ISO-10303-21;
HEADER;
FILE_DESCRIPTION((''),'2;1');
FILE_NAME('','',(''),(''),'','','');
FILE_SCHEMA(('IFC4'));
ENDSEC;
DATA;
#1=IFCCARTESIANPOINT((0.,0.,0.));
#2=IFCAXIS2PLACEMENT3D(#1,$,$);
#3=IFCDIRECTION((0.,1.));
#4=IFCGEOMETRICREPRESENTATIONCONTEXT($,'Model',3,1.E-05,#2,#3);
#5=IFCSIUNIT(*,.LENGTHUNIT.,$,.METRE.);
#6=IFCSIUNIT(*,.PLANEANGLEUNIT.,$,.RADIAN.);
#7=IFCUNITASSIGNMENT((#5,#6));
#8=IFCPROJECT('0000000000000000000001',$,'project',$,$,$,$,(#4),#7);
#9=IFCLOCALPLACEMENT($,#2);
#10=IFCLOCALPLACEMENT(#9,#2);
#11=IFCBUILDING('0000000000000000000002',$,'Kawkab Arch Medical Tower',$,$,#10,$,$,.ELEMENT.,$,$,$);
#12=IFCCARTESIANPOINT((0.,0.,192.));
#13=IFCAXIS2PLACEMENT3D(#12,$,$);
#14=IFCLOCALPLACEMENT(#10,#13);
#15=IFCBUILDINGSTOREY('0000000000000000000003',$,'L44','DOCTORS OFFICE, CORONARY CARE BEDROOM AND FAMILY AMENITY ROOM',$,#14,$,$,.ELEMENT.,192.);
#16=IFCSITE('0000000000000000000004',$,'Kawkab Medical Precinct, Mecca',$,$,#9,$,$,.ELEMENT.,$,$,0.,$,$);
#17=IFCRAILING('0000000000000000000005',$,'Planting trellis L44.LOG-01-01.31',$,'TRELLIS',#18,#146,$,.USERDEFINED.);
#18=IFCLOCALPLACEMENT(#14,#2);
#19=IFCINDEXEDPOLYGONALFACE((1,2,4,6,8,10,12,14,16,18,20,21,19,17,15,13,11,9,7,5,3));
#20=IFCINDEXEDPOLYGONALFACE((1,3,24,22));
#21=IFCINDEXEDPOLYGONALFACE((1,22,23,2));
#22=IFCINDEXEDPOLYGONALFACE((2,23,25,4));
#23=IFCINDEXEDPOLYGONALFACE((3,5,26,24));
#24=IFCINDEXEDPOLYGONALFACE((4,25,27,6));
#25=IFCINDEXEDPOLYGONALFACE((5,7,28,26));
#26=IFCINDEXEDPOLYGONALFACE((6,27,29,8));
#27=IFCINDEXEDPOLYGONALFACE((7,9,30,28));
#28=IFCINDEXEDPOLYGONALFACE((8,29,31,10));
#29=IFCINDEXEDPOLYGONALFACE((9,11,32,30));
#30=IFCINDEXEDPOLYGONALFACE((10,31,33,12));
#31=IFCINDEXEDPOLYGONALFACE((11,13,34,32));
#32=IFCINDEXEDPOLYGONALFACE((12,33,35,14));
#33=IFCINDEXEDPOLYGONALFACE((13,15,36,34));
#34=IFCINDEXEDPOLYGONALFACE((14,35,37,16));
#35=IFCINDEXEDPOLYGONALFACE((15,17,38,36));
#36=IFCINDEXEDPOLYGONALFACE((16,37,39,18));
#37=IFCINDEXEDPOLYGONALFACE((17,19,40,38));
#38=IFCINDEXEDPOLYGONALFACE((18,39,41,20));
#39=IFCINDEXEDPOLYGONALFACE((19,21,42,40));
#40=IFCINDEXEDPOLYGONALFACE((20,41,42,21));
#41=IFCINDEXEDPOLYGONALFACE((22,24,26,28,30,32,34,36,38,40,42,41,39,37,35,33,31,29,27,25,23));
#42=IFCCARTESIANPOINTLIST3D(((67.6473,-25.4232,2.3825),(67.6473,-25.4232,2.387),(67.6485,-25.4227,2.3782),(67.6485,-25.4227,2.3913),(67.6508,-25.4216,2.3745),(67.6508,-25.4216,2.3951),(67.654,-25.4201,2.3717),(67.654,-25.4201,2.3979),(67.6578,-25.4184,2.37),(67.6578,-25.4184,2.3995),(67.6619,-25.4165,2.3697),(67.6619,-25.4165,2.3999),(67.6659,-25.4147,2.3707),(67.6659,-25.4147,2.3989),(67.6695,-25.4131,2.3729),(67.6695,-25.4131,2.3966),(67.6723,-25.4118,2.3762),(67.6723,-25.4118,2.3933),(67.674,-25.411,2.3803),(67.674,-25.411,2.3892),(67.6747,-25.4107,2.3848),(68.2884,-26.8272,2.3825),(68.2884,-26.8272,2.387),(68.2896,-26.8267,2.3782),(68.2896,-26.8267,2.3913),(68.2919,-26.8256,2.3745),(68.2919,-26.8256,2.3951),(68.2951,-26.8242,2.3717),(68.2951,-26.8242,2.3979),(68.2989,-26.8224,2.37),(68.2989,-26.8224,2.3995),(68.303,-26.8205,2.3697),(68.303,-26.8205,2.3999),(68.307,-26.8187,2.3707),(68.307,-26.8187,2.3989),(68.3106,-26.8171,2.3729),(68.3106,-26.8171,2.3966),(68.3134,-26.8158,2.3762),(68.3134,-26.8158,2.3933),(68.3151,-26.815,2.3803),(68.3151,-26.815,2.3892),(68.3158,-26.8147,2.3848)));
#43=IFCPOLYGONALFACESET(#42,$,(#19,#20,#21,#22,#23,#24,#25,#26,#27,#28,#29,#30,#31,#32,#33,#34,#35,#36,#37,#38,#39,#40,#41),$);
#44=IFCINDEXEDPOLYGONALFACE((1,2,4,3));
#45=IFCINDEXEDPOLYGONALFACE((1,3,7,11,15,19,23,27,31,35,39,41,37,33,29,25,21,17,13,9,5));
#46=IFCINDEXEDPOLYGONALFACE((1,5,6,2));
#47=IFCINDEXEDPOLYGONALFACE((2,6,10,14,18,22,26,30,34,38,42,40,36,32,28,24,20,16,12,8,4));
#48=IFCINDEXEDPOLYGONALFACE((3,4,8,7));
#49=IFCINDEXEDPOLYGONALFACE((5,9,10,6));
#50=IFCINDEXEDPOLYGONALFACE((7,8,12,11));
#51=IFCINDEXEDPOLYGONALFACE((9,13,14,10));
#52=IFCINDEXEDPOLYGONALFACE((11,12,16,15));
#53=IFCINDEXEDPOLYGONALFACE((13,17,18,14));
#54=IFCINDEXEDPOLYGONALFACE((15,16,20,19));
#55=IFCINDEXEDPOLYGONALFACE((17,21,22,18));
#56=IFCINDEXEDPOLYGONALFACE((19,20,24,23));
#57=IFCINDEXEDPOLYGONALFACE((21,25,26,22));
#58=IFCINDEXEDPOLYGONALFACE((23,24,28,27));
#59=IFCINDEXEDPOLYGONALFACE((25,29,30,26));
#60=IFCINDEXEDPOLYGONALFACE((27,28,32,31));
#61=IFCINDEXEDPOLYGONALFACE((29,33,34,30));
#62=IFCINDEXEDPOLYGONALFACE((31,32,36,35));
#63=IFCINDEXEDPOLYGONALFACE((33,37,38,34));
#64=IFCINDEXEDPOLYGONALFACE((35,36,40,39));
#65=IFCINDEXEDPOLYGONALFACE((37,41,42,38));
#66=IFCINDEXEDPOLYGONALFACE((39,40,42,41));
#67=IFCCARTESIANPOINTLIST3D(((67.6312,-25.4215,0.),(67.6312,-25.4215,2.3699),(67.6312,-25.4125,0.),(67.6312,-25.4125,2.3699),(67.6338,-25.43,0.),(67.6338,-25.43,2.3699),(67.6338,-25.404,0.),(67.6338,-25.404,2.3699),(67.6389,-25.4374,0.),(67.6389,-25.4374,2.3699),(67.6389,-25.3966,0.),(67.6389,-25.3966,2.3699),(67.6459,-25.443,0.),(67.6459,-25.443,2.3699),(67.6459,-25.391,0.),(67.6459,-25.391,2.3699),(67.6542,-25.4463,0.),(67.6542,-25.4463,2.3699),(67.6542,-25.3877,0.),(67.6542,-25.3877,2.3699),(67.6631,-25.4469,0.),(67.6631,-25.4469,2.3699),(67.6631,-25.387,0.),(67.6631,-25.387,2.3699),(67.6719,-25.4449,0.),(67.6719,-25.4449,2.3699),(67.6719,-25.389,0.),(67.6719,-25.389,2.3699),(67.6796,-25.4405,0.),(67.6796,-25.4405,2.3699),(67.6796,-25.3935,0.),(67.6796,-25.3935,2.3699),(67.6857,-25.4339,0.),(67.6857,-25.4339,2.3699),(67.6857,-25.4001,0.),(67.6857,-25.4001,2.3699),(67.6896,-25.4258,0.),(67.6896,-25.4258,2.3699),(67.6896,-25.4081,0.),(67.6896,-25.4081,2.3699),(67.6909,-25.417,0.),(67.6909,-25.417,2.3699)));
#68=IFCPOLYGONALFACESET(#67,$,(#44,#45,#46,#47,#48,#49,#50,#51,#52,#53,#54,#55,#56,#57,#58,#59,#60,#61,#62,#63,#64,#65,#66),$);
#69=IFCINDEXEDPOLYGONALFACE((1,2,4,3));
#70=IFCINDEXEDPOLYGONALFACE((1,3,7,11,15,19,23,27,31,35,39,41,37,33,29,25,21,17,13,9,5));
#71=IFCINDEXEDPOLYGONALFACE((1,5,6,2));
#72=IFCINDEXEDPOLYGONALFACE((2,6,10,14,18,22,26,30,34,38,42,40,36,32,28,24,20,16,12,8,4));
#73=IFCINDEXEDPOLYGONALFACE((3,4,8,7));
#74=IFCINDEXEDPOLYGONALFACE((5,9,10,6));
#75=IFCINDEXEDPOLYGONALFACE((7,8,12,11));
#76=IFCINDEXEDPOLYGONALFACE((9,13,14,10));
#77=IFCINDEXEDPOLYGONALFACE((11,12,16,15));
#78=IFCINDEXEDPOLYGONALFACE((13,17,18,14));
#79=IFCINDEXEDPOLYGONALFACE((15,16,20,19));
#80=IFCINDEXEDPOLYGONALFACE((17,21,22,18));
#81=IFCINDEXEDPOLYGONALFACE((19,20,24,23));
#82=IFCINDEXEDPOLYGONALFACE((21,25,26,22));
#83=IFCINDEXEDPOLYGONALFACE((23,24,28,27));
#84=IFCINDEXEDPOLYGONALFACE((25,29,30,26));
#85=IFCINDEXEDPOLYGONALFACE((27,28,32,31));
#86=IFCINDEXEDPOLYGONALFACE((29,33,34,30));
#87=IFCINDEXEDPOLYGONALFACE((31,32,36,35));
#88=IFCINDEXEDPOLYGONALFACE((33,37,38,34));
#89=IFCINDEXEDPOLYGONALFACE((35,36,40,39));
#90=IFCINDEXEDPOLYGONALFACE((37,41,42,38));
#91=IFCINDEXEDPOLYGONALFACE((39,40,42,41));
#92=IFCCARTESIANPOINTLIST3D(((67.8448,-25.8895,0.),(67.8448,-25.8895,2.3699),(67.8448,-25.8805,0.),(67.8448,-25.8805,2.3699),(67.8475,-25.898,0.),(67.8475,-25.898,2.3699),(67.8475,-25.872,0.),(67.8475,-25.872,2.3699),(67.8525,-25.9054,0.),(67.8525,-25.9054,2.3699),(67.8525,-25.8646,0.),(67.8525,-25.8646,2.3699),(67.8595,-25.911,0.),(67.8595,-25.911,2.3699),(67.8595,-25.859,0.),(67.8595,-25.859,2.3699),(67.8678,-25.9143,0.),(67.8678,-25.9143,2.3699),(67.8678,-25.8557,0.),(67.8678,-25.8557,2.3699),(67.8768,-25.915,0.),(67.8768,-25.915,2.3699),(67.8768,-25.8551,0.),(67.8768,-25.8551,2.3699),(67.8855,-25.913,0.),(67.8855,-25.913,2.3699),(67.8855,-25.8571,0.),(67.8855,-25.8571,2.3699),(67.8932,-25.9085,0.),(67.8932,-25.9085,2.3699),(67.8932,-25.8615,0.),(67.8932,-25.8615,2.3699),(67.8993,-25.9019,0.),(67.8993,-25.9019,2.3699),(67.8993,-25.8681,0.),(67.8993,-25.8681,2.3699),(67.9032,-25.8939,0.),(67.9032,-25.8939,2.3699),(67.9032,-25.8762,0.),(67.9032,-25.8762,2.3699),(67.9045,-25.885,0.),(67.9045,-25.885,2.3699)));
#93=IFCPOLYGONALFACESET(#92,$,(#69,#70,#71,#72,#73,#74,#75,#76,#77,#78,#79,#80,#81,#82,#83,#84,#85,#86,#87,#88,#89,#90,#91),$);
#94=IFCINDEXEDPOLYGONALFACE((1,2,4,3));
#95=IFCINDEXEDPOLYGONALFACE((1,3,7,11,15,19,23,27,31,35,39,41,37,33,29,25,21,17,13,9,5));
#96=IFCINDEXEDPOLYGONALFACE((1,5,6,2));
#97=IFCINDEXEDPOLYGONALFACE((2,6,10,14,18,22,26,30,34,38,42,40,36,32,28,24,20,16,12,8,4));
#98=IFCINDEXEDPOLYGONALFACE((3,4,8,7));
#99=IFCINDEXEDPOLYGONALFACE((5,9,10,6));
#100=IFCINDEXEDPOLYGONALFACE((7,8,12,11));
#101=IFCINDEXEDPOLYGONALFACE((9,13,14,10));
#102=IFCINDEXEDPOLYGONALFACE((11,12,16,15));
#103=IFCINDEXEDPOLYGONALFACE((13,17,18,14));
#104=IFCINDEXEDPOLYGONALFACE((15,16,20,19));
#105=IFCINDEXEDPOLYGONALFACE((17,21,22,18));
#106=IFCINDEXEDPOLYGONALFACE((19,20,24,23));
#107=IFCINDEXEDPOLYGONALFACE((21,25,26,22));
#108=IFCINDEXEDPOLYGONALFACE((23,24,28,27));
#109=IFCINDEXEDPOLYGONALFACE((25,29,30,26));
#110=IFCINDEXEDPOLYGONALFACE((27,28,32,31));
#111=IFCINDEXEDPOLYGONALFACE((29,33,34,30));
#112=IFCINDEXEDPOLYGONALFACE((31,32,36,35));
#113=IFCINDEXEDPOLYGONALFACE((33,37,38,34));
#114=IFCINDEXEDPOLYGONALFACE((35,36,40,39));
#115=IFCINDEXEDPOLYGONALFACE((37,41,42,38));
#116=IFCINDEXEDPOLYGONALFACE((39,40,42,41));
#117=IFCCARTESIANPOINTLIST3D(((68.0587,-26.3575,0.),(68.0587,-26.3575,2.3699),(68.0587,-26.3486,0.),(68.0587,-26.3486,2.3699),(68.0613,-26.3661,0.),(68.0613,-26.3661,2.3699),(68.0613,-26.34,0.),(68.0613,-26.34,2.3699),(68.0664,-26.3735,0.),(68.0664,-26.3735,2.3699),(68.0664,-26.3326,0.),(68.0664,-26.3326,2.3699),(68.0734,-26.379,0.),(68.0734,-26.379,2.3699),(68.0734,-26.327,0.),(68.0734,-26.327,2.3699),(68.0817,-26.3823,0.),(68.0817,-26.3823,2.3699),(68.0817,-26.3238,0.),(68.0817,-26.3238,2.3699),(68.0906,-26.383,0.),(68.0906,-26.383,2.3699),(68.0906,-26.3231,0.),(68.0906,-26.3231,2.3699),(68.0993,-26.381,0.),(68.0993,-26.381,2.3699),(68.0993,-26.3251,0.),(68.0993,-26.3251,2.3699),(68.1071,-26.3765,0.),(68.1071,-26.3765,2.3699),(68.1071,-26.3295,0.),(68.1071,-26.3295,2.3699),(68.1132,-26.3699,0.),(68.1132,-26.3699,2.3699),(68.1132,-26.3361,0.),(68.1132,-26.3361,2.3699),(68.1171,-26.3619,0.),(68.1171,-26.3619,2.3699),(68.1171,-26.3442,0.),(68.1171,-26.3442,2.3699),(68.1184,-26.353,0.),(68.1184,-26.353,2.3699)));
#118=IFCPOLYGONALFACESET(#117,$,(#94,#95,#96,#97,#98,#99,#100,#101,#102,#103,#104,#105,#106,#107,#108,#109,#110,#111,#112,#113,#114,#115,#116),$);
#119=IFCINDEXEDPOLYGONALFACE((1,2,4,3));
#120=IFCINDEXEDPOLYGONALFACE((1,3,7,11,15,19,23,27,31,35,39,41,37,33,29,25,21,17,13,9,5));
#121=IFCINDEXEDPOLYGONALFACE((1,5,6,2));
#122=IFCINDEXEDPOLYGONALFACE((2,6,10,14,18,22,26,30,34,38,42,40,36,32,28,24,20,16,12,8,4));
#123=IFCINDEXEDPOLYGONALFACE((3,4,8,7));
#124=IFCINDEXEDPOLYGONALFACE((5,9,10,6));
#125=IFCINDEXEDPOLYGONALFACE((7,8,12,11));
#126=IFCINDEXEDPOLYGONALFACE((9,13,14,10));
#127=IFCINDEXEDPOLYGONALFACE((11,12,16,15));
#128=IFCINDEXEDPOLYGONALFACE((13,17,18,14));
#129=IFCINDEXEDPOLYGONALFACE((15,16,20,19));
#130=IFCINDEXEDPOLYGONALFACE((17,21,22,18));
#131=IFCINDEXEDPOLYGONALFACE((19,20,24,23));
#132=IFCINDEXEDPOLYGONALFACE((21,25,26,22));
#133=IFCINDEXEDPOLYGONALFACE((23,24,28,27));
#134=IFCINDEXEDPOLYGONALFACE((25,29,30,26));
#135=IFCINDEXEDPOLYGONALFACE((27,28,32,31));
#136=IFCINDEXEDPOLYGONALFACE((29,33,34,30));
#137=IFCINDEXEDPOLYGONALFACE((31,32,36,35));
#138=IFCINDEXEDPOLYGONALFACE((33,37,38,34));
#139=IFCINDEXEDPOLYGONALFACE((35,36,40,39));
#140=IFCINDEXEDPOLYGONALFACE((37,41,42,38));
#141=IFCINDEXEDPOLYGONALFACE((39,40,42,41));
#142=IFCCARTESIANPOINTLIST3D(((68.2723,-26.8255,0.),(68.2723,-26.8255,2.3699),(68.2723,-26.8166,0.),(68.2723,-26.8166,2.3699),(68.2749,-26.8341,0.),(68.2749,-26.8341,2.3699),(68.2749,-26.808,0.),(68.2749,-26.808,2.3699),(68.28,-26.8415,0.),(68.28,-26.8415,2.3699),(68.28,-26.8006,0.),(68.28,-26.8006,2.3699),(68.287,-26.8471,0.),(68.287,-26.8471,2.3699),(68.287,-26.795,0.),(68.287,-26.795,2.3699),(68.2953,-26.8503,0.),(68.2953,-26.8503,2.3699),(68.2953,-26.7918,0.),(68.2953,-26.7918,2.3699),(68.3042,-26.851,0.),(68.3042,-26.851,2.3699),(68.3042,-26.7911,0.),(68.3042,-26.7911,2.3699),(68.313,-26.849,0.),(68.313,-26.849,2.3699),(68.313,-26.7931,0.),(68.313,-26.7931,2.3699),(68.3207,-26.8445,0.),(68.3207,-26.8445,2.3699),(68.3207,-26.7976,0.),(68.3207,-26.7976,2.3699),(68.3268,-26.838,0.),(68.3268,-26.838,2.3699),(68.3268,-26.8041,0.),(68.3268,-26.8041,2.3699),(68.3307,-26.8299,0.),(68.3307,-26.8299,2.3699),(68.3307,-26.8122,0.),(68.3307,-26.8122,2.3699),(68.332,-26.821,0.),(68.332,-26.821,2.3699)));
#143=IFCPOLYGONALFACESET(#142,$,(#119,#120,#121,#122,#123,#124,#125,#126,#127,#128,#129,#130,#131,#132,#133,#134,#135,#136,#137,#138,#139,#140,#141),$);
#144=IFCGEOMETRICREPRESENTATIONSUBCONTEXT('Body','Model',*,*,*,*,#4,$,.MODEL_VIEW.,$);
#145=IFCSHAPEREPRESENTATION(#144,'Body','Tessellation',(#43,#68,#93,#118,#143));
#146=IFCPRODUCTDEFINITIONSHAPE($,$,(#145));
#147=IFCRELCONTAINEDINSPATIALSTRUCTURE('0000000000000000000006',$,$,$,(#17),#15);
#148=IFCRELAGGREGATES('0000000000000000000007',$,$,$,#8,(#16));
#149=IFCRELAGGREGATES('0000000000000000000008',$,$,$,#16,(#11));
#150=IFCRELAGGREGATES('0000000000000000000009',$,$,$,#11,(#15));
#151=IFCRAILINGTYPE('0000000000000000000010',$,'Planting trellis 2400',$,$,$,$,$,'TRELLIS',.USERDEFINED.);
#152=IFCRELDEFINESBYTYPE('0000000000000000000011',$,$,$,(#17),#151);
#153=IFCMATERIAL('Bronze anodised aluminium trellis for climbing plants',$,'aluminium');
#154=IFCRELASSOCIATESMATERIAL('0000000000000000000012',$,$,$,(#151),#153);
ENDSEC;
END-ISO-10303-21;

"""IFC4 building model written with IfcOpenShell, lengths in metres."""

from ifc_helpers import new_model, si_unit, direction, frame, origin, origin_2d, place, context, subcontext, project, spatial, circle, extrude, material, type_object, element, save


model = new_model("IFC4")

# Units and contexts
model_context = context("Model", 3, precision=1e-05, world=origin(), true_north=direction((0.0, 1.0)))
body_context = subcontext(model_context, "Body", "Model", "MODEL_VIEW")
ifc_project = project(units=[si_unit("LENGTHUNIT", "METRE"), si_unit("PLANEANGLEUNIT", "RADIAN")], contexts=[model_context])

# Site, building, storey
site_placement = place(None, origin())
site = spatial("IfcSite", under=ifc_project, at=site_placement, Name="Kawkab Medical Precinct, Mecca", CompositionType="ELEMENT", RefElevation=0.0)
building_placement = place(site_placement, origin())
building = spatial("IfcBuilding", under=site, at=building_placement, Name="Kawkab Arch Medical Tower", CompositionType="ELEMENT")
storey_placement = place(building_placement, frame((0.0, 0.0, 192.0)))
storey = spatial("IfcBuildingStorey", under=building, at=storey_placement, Name="L44", Description="DOCTORS OFFICE, CORONARY CARE BEDROOM AND FAMILY AMENITY ROOM", CompositionType="ELEMENT", Elevation=192.0)

# Railing
ifc_material_1 = material(Name="Bronze anodised aluminium trellis for climbing plants", Category="aluminium")
railing_type = type_object("IfcRailingType", Name="Planting trellis 2400", ElementType="TRELLIS", PredefinedType="USERDEFINED", material=ifc_material_1)
railing_1_placement = place(storey_placement, frame((67.6609, -25.417, 0.0)))
element("IfcRailing", 1, at=railing_1_placement, inside=storey, type_object=railing_type, Name="Planting trellis L44.LOG-01-01.31", ObjectType="TRELLIS", PredefinedType="USERDEFINED", context=body_context, shape_type="SweptSolid", body=[
    extrude(circle(Radius=0.0151, at=origin_2d()), frame((0.0, 0.0, 2.3848), z_axis=(0.415363, -0.909656, 0.0), x_axis=(0.909656, 0.415363, 0.0)), (0.0, 0.0, 1.0), 1.5435),
    extrude(circle(Radius=0.03, at=origin_2d()), origin(), (0.0, 0.0, 1.0), 2.3699),
    extrude(circle(Radius=0.03, at=origin_2d()), frame((0.2136, -0.468, 0.0)), (0.0, 0.0, 1.0), 2.3699),
    extrude(circle(Radius=0.03, at=origin_2d()), frame((0.4275, -0.936, 0.0)), (0.0, 0.0, 1.0), 2.3699),
    extrude(circle(Radius=0.03, at=origin_2d()), frame((0.6411, -1.4041, 0.0)), (0.0, 0.0, 1.0), 2.3699),
])

save(model, "model.ifc")
